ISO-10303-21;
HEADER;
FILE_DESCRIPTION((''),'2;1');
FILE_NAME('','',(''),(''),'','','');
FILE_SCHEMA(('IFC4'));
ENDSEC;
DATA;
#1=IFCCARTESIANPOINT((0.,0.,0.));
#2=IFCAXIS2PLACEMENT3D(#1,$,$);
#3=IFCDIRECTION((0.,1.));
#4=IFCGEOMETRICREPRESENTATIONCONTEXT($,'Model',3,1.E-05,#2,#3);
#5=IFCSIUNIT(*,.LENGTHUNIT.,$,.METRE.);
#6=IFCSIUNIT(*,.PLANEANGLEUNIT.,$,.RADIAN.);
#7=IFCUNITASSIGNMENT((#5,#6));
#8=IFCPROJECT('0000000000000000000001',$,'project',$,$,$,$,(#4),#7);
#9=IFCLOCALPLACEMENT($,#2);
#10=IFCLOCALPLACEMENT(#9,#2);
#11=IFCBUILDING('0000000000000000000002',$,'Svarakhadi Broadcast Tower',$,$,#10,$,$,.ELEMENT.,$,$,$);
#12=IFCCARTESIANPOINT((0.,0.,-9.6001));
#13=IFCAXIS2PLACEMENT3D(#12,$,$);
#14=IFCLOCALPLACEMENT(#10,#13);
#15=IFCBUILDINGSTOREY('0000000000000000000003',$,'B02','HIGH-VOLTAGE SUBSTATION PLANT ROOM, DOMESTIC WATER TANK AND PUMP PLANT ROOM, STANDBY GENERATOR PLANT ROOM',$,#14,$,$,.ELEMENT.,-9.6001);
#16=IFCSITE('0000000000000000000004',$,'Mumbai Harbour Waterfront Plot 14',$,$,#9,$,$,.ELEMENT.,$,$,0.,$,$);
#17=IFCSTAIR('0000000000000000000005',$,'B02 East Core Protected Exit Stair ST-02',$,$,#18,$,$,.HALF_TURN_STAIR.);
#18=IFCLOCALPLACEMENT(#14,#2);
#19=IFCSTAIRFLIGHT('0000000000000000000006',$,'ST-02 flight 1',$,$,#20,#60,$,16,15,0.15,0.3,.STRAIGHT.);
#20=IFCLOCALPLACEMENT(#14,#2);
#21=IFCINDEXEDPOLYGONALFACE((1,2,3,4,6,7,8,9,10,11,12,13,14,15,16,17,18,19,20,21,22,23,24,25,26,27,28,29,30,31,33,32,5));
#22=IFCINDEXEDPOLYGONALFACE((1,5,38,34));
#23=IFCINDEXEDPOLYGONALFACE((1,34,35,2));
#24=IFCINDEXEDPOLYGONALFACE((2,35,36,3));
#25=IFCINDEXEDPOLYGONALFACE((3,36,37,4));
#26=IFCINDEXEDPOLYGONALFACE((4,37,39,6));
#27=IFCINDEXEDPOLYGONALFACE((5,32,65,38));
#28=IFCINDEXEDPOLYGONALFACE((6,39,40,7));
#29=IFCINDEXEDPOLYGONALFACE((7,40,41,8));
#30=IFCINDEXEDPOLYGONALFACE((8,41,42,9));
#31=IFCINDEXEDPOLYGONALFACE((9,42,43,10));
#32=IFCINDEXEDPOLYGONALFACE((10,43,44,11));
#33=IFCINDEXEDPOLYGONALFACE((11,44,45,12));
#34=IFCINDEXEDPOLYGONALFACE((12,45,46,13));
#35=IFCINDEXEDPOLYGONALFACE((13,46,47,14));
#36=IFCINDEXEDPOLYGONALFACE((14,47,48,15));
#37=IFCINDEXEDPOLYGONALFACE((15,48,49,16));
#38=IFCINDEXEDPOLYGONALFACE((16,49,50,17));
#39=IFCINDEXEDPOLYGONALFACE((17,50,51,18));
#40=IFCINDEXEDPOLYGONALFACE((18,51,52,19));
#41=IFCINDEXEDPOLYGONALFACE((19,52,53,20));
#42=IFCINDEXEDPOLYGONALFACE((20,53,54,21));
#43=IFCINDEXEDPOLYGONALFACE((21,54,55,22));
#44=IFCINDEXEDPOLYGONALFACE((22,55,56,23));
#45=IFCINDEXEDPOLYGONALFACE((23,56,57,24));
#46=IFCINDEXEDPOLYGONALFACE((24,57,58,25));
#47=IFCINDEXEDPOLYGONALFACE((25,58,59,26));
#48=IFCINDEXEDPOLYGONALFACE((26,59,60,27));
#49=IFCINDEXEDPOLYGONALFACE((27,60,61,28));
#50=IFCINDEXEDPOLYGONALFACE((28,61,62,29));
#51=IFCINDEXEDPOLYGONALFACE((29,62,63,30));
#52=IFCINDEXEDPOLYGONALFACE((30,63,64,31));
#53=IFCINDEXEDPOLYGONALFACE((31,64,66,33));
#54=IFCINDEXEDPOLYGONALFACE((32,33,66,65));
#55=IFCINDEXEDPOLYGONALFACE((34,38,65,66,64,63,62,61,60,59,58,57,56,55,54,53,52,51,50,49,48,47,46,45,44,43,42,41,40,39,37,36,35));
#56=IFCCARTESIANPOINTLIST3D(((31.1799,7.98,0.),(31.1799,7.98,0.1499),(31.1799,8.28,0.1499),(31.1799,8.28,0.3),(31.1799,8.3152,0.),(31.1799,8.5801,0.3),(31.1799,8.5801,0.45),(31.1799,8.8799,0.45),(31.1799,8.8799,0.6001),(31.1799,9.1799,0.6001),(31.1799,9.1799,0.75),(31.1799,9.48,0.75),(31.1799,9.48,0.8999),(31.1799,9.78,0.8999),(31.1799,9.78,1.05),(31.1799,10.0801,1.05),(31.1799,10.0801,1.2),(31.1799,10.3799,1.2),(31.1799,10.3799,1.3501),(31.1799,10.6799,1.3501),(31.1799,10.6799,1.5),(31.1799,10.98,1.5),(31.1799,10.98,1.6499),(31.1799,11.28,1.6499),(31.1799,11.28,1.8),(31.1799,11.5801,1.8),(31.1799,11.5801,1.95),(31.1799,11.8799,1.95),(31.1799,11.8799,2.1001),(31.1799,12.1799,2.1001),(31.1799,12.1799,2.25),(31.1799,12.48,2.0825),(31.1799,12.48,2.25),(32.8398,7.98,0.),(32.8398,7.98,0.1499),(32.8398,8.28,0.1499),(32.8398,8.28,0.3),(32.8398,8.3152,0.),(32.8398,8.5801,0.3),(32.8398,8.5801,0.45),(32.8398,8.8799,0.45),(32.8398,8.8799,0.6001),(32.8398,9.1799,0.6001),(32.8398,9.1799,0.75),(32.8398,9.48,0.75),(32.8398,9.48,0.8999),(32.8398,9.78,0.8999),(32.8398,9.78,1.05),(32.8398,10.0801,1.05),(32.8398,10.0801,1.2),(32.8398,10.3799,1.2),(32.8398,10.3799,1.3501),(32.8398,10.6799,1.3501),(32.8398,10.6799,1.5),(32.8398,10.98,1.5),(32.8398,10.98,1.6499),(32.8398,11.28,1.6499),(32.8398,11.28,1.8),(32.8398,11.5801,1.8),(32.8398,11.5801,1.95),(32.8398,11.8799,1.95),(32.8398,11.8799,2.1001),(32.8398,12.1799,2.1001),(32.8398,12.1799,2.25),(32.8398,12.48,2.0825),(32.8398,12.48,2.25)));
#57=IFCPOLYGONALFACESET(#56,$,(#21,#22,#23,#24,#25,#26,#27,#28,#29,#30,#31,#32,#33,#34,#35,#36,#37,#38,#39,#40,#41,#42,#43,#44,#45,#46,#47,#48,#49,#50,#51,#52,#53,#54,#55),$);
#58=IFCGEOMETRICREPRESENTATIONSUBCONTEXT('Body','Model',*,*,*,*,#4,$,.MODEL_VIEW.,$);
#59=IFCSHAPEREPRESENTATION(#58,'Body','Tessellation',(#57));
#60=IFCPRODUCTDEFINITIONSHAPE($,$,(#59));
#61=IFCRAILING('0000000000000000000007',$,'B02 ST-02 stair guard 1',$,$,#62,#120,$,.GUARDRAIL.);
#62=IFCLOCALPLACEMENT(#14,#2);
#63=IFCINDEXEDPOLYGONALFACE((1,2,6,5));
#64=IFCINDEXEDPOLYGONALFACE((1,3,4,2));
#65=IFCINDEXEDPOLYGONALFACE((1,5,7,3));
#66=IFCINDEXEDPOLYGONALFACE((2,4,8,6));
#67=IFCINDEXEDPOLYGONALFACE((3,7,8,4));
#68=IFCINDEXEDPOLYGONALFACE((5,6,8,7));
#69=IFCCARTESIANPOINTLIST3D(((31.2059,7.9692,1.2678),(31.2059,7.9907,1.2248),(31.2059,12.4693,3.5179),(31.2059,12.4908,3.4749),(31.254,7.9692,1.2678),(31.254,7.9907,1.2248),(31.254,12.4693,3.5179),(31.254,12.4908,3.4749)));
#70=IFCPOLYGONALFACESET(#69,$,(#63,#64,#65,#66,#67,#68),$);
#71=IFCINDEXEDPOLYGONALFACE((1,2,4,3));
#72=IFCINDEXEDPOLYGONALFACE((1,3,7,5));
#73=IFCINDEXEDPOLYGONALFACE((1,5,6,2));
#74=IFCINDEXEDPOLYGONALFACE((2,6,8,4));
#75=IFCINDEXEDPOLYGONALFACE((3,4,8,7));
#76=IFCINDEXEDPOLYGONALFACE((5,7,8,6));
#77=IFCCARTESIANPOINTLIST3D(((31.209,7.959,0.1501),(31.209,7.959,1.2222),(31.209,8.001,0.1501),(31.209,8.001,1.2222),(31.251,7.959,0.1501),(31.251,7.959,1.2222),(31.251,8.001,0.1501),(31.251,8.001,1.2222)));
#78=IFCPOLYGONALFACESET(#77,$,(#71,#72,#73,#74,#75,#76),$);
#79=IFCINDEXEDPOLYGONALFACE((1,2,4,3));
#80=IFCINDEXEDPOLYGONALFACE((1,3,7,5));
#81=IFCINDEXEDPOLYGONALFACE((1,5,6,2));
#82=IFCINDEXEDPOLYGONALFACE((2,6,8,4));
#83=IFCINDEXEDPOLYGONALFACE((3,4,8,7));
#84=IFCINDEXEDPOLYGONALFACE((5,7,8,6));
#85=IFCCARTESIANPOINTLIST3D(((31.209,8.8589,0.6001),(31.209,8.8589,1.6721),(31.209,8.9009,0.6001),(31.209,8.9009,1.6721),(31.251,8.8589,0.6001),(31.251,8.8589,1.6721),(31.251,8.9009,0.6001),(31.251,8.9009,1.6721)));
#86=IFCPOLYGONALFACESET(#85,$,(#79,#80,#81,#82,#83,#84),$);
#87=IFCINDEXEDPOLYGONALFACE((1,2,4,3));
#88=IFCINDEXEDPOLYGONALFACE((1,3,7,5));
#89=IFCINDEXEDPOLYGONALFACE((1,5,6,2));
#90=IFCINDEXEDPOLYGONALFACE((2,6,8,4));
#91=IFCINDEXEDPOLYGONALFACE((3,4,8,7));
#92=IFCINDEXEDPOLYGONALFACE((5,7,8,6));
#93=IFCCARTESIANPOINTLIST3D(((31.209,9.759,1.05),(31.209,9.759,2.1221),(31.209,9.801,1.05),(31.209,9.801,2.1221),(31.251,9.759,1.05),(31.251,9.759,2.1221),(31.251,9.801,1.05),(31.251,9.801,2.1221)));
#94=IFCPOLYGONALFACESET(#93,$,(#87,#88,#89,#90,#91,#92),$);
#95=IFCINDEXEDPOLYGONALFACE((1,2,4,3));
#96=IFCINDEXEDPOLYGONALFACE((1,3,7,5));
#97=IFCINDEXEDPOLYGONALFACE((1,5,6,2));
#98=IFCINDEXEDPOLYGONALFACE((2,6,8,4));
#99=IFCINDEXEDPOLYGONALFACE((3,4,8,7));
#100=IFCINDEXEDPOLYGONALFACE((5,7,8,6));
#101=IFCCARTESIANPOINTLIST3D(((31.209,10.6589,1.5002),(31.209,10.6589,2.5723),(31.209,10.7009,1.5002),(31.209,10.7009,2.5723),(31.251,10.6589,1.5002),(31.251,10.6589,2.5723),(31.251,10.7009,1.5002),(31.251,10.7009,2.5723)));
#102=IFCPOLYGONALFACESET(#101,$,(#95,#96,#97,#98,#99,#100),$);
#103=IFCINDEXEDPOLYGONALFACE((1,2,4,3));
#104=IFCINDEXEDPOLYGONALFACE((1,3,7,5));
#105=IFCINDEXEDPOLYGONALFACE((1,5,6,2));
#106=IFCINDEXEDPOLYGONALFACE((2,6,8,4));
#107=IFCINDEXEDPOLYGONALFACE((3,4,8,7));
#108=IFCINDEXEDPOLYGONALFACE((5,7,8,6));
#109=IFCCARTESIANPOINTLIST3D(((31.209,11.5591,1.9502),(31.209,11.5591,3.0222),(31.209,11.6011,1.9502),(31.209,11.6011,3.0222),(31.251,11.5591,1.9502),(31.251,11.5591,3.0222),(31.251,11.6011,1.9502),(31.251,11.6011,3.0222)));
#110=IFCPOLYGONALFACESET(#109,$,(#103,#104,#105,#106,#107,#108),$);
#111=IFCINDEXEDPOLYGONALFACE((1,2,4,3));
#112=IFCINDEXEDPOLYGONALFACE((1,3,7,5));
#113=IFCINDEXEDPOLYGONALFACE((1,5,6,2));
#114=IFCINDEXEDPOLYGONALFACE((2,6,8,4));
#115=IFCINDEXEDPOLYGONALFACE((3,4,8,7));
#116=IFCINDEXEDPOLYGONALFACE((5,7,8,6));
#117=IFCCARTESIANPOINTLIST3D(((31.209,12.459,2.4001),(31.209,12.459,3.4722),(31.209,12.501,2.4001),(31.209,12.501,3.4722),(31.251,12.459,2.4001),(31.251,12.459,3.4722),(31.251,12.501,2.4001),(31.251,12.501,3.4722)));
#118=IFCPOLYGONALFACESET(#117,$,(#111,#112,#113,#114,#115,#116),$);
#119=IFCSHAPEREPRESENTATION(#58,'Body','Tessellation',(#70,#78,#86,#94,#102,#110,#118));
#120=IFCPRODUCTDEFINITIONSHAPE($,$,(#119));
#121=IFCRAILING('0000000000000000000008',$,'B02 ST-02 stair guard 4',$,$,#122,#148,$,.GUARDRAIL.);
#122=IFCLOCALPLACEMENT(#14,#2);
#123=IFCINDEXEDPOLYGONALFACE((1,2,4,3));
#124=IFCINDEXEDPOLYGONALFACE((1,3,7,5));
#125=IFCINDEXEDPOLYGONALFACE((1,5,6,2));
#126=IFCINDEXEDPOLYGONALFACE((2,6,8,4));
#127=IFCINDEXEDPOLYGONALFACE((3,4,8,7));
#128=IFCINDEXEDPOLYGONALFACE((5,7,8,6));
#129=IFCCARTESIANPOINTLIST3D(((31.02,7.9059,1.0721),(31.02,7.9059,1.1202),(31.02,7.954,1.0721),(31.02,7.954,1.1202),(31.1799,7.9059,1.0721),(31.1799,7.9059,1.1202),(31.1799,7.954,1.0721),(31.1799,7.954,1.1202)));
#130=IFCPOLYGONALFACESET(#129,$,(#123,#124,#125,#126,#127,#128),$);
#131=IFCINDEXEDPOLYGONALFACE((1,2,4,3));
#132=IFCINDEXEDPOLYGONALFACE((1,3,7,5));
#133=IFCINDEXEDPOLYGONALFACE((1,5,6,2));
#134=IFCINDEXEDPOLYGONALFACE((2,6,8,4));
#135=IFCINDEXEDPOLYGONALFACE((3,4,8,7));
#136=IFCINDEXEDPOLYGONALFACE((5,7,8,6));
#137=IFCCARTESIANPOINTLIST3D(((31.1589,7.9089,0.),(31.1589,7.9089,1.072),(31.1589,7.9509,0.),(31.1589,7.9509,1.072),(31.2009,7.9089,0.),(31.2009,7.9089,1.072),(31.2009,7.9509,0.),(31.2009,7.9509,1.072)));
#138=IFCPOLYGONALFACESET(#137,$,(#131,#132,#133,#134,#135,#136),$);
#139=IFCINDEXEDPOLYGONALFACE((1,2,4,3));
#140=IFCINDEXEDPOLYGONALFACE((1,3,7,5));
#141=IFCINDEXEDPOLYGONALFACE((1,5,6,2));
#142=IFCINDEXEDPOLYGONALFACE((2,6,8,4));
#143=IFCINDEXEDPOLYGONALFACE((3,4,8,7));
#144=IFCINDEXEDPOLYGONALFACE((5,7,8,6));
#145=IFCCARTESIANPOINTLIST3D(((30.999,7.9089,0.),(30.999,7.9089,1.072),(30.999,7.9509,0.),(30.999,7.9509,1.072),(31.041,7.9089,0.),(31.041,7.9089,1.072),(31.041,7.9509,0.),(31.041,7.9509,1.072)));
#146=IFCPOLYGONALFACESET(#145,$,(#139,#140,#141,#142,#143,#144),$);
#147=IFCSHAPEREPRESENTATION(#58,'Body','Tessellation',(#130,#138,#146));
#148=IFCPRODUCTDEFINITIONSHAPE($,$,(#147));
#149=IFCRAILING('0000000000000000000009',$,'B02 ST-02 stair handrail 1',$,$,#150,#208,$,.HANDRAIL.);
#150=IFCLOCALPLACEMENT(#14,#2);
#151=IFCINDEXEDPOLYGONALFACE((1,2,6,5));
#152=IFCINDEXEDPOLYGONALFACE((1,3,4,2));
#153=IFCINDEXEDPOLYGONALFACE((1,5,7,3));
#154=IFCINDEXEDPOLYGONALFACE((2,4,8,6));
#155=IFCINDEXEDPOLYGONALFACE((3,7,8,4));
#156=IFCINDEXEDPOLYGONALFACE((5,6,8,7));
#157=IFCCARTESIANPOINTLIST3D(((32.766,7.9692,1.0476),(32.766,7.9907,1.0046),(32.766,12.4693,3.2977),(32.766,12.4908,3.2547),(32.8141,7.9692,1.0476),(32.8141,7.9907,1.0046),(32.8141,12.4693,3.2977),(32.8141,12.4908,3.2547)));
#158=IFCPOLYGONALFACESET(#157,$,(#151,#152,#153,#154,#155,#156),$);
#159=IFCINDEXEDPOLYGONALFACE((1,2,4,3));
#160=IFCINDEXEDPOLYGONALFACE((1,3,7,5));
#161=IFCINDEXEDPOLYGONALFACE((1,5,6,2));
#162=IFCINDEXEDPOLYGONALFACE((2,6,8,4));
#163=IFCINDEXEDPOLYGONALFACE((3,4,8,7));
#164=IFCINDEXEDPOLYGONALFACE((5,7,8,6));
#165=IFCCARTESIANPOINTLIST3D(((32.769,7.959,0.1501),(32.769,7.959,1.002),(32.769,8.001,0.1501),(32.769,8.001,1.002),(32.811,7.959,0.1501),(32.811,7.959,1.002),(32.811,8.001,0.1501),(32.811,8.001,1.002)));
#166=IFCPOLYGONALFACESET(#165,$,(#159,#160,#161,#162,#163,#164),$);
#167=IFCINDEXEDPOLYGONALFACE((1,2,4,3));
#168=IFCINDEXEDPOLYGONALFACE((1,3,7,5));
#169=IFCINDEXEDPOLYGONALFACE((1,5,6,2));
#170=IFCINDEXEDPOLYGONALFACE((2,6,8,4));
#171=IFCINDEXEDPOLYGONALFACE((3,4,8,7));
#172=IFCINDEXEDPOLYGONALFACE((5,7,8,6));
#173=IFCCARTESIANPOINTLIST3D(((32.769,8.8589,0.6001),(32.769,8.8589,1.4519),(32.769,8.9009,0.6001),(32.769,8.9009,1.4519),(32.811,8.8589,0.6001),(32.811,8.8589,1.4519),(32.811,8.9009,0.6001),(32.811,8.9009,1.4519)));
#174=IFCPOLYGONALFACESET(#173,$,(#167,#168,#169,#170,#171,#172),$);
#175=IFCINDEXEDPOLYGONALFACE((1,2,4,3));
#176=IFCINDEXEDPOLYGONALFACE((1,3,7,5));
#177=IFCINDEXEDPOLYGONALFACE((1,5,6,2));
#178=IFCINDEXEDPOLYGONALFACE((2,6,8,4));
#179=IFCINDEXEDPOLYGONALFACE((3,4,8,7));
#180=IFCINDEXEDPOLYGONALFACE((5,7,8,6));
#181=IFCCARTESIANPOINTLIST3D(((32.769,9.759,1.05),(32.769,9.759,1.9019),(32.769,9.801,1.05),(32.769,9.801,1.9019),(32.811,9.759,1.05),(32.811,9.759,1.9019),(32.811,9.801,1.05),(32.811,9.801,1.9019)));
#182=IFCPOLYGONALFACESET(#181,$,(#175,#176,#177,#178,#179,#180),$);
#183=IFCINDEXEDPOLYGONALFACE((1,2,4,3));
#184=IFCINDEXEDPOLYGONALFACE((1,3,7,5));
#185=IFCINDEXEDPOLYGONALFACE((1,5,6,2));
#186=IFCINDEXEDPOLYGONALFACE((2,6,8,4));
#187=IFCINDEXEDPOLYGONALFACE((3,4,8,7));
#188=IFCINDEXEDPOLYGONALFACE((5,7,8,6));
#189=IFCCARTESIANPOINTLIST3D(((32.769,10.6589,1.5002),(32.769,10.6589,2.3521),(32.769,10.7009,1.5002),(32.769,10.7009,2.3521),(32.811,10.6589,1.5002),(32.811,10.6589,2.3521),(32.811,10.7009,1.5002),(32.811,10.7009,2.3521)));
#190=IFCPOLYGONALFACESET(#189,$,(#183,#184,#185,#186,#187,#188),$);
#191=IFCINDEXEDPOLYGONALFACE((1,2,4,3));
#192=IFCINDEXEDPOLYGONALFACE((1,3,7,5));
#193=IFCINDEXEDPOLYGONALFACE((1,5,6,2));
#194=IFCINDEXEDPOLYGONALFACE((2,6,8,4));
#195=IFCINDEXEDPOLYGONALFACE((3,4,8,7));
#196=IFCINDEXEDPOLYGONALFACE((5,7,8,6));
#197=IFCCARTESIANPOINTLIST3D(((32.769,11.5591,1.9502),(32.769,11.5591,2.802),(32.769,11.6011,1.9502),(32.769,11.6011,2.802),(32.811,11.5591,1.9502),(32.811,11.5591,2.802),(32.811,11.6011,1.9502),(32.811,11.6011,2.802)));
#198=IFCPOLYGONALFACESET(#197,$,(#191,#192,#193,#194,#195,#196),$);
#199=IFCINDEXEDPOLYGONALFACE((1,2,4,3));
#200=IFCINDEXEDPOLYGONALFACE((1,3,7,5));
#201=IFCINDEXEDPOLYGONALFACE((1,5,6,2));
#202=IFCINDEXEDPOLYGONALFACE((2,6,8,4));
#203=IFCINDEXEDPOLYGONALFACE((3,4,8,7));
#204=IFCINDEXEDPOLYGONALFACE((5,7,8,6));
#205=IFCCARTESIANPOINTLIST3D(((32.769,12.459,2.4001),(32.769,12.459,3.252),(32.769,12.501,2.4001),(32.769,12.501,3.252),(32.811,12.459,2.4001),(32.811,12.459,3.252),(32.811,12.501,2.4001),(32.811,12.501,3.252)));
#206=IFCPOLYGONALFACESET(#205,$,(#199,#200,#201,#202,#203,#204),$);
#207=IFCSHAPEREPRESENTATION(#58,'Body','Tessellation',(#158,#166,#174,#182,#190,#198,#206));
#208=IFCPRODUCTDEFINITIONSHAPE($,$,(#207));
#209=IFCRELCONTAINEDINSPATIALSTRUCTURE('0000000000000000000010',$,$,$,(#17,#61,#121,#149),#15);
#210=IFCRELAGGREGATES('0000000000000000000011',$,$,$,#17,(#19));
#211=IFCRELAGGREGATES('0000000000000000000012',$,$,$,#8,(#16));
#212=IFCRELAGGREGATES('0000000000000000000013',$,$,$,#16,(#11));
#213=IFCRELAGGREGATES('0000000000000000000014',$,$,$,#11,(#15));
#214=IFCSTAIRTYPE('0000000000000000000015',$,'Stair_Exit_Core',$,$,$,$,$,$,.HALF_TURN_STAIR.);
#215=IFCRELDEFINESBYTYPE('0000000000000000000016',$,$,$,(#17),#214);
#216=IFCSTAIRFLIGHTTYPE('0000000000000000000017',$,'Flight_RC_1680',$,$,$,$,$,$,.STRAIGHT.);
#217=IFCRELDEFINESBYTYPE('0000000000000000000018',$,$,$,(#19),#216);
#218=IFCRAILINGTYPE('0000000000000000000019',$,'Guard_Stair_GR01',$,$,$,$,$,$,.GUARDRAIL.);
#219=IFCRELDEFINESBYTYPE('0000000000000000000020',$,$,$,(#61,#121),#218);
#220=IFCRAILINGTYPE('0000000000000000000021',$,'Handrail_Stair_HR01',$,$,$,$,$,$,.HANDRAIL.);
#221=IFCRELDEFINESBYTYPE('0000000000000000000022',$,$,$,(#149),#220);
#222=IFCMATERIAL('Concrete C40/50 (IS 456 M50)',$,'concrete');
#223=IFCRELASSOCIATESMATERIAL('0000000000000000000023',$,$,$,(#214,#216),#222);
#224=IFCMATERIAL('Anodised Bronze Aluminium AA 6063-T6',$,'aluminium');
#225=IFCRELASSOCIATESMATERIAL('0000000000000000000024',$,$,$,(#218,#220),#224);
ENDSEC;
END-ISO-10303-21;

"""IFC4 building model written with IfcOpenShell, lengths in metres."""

from ifc_helpers import new_model, si_unit, direction, frame, origin, origin_2d, place, context, subcontext, project, spatial, polyline, rectangle, outline, extrude, material, type_object, element, aggregate, save


model = new_model("IFC4")

# Units and contexts
model_context = context("Model", 3, precision=1e-05, world=origin(), true_north=direction((0.0, 1.0)))
body_context = subcontext(model_context, "Body", "Model", "MODEL_VIEW")
ifc_project = project(units=[si_unit("LENGTHUNIT", "METRE"), si_unit("PLANEANGLEUNIT", "RADIAN")], contexts=[model_context])

# Site, building, storey
site_placement = place(None, origin())
site = spatial("IfcSite", under=ifc_project, at=site_placement, Name="Mumbai Harbour Waterfront Plot 14", CompositionType="ELEMENT", RefElevation=0.0)
building_placement = place(site_placement, origin())
building = spatial("IfcBuilding", under=site, at=building_placement, Name="Svarakhadi Broadcast Tower", CompositionType="ELEMENT")
storey_placement = place(building_placement, frame((0.0, 0.0, -9.6001)))
storey = spatial("IfcBuildingStorey", under=building, at=storey_placement, Name="B02", Description="HIGH-VOLTAGE SUBSTATION PLANT ROOM, DOMESTIC WATER TANK AND PUMP PLANT ROOM, STANDBY GENERATOR PLANT ROOM", CompositionType="ELEMENT", Elevation=-9.6001)

# Shared definitions
ifc_material_1 = material(Name="Concrete C40/50 (IS 456 M50)", Category="concrete")

# Stair, stair flight
stair_type = type_object("IfcStairType", Name="Stair_Exit_Core", PredefinedType="HALF_TURN_STAIR", material=ifc_material_1)
stair_placement = place(storey_placement, origin())
stair = element("IfcStair", 1, at=stair_placement, inside=storey, type_object=stair_type, Name="B02 East Core Protected Exit Stair ST-02", PredefinedType="HALF_TURN_STAIR")
stair_flight_type = type_object("IfcStairFlightType", Name="Flight_RC_1680", PredefinedType="STRAIGHT", material=ifc_material_1)
stair_flight_placement = place(storey_placement, frame((32.01, 7.98, 0.0), z_axis=(0.0, 0.0, 1.0), x_axis=(0.0, 1.0, 0.0)))
stair_flight = element("IfcStairFlight", 2, at=stair_flight_placement, type_object=stair_flight_type, Name="ST-02 flight 1", NumberOfRisers=16, NumberOfTreads=15, PredefinedType="STRAIGHT", RiserHeight=0.15, TreadLength=0.3, context=body_context, shape_type="SweptSolid", body=[
    extrude(outline(polyline([(0.0, 0.0), (0.0, 0.1499), (0.3, 0.1499), (0.3, 0.3), (0.6001, 0.3), (0.6001, 0.45), (0.8999, 0.45), (0.8999, 0.6001), (1.2, 0.6001), (1.2, 0.75), (1.5, 0.75), (1.5, 0.8999), (1.8, 0.8999), (1.8, 1.05), (2.1001, 1.05), (2.1001, 1.2), (2.3999, 1.2), (2.3999, 1.3501), (2.7, 1.3501), (2.7, 1.5), (3.0, 1.5), (3.0, 1.6499), (3.3, 1.6499), (3.3, 1.8), (3.6001, 1.8), (3.6001, 1.95), (3.8999, 1.95), (3.8999, 2.1001), (4.2, 2.1001), (4.2, 2.25), (4.5, 2.25), (4.5, 2.3999), (4.5, 2.0825), (0.3352, 0.0), (0.0, 0.0)])), frame((0.0, 0.8301, 0.0), z_axis=(0.0, -1.0, 0.0), x_axis=(1.0, 0.0, 0.0)), (0.0, 0.0, 1.0), 1.6599),
])
aggregate(stair, [stair_flight])

# Railings
ifc_material_2 = material(Name="Anodised Bronze Aluminium AA 6063-T6", Category="aluminium")
railing_type_1 = type_object("IfcRailingType", Name="Guard_Stair_GR01", PredefinedType="GUARDRAIL", material=ifc_material_2)
railing_1_placement = place(storey_placement, frame((31.23, 7.98, 0.1501)))
element("IfcRailing", 3, at=railing_1_placement, inside=storey, type_object=railing_type_1, Name="B02 ST-02 stair guard 1", PredefinedType="GUARDRAIL", context=body_context, shape_type="SweptSolid", body=[
    extrude(rectangle(XDim=0.0481, YDim=0.0481, at=origin_2d()), frame((0.0, 0.0, 1.0962), z_axis=(0.0, 0.894427, 0.447214), x_axis=(-1.0, 0.0, 0.0)), (0.0, 0.0, 1.0), 5.0312),
    extrude(rectangle(XDim=0.042, YDim=0.042, at=origin_2d()), origin(), (0.0, 0.0, 1.0), 1.072),
    extrude(rectangle(XDim=0.042, YDim=0.042, at=origin_2d()), frame((0.0, 0.8999, 0.45)), (0.0, 0.0, 1.0), 1.072),
    extrude(rectangle(XDim=0.042, YDim=0.042, at=origin_2d()), frame((0.0, 1.8, 0.8999)), (0.0, 0.0, 1.0), 1.072),
    extrude(rectangle(XDim=0.042, YDim=0.042, at=origin_2d()), frame((0.0, 2.7, 1.3501)), (0.0, 0.0, 1.0), 1.072),
    extrude(rectangle(XDim=0.042, YDim=0.042, at=origin_2d()), frame((0.0, 3.6001, 1.8)), (0.0, 0.0, 1.0), 1.072),
    extrude(rectangle(XDim=0.042, YDim=0.042, at=origin_2d()), frame((0.0, 4.5, 2.25)), (0.0, 0.0, 1.0), 1.072),
])
railing_2_placement = place(storey_placement, frame((31.1799, 7.9299, 0.0)))
element("IfcRailing", 4, at=railing_2_placement, inside=storey, type_object=railing_type_1, Name="B02 ST-02 stair guard 4", PredefinedType="GUARDRAIL", context=body_context, shape_type="SweptSolid", body=[
    extrude(rectangle(XDim=0.0481, YDim=0.0481, at=origin_2d()), frame((0.0, 0.0, 1.0962), z_axis=(-1.0, 0.0, 0.0), x_axis=(0.0, -1.0, 0.0)), (0.0, 0.0, 1.0), 0.1599),
    extrude(rectangle(XDim=0.042, YDim=0.042, at=origin_2d()), origin(), (0.0, 0.0, 1.0), 1.072),
    extrude(rectangle(XDim=0.042, YDim=0.042, at=origin_2d()), frame((-0.1599, 0.0, 0.0)), (0.0, 0.0, 1.0), 1.072),
])
railing_type_2 = type_object("IfcRailingType", Name="Handrail_Stair_HR01", PredefinedType="HANDRAIL", material=ifc_material_2)
railing_3_placement = place(storey_placement, frame((32.79, 7.98, 0.1501)))
element("IfcRailing", 5, at=railing_3_placement, inside=storey, type_object=railing_type_2, Name="B02 ST-02 stair handrail 1", PredefinedType="HANDRAIL", context=body_context, shape_type="SweptSolid", body=[
    extrude(rectangle(XDim=0.0481, YDim=0.0481, at=origin_2d()), frame((0.0, 0.0, 0.876), z_axis=(0.0, 0.894427, 0.447214), x_axis=(-1.0, 0.0, 0.0)), (0.0, 0.0, 1.0), 5.0312),
    extrude(rectangle(XDim=0.042, YDim=0.042, at=origin_2d()), origin(), (0.0, 0.0, 1.0), 0.8518),
    extrude(rectangle(XDim=0.042, YDim=0.042, at=origin_2d()), frame((0.0, 0.8999, 0.45)), (0.0, 0.0, 1.0), 0.8518),
    extrude(rectangle(XDim=0.042, YDim=0.042, at=origin_2d()), frame((0.0, 1.8, 0.8999)), (0.0, 0.0, 1.0), 0.8518),
    extrude(rectangle(XDim=0.042, YDim=0.042, at=origin_2d()), frame((0.0, 2.7, 1.3501)), (0.0, 0.0, 1.0), 0.8518),
    extrude(rectangle(XDim=0.042, YDim=0.042, at=origin_2d()), frame((0.0, 3.6001, 1.8)), (0.0, 0.0, 1.0), 0.8518),
    extrude(rectangle(XDim=0.042, YDim=0.042, at=origin_2d()), frame((0.0, 4.5, 2.25)), (0.0, 0.0, 1.0), 0.8518),
])

save(model, "model.ifc")
